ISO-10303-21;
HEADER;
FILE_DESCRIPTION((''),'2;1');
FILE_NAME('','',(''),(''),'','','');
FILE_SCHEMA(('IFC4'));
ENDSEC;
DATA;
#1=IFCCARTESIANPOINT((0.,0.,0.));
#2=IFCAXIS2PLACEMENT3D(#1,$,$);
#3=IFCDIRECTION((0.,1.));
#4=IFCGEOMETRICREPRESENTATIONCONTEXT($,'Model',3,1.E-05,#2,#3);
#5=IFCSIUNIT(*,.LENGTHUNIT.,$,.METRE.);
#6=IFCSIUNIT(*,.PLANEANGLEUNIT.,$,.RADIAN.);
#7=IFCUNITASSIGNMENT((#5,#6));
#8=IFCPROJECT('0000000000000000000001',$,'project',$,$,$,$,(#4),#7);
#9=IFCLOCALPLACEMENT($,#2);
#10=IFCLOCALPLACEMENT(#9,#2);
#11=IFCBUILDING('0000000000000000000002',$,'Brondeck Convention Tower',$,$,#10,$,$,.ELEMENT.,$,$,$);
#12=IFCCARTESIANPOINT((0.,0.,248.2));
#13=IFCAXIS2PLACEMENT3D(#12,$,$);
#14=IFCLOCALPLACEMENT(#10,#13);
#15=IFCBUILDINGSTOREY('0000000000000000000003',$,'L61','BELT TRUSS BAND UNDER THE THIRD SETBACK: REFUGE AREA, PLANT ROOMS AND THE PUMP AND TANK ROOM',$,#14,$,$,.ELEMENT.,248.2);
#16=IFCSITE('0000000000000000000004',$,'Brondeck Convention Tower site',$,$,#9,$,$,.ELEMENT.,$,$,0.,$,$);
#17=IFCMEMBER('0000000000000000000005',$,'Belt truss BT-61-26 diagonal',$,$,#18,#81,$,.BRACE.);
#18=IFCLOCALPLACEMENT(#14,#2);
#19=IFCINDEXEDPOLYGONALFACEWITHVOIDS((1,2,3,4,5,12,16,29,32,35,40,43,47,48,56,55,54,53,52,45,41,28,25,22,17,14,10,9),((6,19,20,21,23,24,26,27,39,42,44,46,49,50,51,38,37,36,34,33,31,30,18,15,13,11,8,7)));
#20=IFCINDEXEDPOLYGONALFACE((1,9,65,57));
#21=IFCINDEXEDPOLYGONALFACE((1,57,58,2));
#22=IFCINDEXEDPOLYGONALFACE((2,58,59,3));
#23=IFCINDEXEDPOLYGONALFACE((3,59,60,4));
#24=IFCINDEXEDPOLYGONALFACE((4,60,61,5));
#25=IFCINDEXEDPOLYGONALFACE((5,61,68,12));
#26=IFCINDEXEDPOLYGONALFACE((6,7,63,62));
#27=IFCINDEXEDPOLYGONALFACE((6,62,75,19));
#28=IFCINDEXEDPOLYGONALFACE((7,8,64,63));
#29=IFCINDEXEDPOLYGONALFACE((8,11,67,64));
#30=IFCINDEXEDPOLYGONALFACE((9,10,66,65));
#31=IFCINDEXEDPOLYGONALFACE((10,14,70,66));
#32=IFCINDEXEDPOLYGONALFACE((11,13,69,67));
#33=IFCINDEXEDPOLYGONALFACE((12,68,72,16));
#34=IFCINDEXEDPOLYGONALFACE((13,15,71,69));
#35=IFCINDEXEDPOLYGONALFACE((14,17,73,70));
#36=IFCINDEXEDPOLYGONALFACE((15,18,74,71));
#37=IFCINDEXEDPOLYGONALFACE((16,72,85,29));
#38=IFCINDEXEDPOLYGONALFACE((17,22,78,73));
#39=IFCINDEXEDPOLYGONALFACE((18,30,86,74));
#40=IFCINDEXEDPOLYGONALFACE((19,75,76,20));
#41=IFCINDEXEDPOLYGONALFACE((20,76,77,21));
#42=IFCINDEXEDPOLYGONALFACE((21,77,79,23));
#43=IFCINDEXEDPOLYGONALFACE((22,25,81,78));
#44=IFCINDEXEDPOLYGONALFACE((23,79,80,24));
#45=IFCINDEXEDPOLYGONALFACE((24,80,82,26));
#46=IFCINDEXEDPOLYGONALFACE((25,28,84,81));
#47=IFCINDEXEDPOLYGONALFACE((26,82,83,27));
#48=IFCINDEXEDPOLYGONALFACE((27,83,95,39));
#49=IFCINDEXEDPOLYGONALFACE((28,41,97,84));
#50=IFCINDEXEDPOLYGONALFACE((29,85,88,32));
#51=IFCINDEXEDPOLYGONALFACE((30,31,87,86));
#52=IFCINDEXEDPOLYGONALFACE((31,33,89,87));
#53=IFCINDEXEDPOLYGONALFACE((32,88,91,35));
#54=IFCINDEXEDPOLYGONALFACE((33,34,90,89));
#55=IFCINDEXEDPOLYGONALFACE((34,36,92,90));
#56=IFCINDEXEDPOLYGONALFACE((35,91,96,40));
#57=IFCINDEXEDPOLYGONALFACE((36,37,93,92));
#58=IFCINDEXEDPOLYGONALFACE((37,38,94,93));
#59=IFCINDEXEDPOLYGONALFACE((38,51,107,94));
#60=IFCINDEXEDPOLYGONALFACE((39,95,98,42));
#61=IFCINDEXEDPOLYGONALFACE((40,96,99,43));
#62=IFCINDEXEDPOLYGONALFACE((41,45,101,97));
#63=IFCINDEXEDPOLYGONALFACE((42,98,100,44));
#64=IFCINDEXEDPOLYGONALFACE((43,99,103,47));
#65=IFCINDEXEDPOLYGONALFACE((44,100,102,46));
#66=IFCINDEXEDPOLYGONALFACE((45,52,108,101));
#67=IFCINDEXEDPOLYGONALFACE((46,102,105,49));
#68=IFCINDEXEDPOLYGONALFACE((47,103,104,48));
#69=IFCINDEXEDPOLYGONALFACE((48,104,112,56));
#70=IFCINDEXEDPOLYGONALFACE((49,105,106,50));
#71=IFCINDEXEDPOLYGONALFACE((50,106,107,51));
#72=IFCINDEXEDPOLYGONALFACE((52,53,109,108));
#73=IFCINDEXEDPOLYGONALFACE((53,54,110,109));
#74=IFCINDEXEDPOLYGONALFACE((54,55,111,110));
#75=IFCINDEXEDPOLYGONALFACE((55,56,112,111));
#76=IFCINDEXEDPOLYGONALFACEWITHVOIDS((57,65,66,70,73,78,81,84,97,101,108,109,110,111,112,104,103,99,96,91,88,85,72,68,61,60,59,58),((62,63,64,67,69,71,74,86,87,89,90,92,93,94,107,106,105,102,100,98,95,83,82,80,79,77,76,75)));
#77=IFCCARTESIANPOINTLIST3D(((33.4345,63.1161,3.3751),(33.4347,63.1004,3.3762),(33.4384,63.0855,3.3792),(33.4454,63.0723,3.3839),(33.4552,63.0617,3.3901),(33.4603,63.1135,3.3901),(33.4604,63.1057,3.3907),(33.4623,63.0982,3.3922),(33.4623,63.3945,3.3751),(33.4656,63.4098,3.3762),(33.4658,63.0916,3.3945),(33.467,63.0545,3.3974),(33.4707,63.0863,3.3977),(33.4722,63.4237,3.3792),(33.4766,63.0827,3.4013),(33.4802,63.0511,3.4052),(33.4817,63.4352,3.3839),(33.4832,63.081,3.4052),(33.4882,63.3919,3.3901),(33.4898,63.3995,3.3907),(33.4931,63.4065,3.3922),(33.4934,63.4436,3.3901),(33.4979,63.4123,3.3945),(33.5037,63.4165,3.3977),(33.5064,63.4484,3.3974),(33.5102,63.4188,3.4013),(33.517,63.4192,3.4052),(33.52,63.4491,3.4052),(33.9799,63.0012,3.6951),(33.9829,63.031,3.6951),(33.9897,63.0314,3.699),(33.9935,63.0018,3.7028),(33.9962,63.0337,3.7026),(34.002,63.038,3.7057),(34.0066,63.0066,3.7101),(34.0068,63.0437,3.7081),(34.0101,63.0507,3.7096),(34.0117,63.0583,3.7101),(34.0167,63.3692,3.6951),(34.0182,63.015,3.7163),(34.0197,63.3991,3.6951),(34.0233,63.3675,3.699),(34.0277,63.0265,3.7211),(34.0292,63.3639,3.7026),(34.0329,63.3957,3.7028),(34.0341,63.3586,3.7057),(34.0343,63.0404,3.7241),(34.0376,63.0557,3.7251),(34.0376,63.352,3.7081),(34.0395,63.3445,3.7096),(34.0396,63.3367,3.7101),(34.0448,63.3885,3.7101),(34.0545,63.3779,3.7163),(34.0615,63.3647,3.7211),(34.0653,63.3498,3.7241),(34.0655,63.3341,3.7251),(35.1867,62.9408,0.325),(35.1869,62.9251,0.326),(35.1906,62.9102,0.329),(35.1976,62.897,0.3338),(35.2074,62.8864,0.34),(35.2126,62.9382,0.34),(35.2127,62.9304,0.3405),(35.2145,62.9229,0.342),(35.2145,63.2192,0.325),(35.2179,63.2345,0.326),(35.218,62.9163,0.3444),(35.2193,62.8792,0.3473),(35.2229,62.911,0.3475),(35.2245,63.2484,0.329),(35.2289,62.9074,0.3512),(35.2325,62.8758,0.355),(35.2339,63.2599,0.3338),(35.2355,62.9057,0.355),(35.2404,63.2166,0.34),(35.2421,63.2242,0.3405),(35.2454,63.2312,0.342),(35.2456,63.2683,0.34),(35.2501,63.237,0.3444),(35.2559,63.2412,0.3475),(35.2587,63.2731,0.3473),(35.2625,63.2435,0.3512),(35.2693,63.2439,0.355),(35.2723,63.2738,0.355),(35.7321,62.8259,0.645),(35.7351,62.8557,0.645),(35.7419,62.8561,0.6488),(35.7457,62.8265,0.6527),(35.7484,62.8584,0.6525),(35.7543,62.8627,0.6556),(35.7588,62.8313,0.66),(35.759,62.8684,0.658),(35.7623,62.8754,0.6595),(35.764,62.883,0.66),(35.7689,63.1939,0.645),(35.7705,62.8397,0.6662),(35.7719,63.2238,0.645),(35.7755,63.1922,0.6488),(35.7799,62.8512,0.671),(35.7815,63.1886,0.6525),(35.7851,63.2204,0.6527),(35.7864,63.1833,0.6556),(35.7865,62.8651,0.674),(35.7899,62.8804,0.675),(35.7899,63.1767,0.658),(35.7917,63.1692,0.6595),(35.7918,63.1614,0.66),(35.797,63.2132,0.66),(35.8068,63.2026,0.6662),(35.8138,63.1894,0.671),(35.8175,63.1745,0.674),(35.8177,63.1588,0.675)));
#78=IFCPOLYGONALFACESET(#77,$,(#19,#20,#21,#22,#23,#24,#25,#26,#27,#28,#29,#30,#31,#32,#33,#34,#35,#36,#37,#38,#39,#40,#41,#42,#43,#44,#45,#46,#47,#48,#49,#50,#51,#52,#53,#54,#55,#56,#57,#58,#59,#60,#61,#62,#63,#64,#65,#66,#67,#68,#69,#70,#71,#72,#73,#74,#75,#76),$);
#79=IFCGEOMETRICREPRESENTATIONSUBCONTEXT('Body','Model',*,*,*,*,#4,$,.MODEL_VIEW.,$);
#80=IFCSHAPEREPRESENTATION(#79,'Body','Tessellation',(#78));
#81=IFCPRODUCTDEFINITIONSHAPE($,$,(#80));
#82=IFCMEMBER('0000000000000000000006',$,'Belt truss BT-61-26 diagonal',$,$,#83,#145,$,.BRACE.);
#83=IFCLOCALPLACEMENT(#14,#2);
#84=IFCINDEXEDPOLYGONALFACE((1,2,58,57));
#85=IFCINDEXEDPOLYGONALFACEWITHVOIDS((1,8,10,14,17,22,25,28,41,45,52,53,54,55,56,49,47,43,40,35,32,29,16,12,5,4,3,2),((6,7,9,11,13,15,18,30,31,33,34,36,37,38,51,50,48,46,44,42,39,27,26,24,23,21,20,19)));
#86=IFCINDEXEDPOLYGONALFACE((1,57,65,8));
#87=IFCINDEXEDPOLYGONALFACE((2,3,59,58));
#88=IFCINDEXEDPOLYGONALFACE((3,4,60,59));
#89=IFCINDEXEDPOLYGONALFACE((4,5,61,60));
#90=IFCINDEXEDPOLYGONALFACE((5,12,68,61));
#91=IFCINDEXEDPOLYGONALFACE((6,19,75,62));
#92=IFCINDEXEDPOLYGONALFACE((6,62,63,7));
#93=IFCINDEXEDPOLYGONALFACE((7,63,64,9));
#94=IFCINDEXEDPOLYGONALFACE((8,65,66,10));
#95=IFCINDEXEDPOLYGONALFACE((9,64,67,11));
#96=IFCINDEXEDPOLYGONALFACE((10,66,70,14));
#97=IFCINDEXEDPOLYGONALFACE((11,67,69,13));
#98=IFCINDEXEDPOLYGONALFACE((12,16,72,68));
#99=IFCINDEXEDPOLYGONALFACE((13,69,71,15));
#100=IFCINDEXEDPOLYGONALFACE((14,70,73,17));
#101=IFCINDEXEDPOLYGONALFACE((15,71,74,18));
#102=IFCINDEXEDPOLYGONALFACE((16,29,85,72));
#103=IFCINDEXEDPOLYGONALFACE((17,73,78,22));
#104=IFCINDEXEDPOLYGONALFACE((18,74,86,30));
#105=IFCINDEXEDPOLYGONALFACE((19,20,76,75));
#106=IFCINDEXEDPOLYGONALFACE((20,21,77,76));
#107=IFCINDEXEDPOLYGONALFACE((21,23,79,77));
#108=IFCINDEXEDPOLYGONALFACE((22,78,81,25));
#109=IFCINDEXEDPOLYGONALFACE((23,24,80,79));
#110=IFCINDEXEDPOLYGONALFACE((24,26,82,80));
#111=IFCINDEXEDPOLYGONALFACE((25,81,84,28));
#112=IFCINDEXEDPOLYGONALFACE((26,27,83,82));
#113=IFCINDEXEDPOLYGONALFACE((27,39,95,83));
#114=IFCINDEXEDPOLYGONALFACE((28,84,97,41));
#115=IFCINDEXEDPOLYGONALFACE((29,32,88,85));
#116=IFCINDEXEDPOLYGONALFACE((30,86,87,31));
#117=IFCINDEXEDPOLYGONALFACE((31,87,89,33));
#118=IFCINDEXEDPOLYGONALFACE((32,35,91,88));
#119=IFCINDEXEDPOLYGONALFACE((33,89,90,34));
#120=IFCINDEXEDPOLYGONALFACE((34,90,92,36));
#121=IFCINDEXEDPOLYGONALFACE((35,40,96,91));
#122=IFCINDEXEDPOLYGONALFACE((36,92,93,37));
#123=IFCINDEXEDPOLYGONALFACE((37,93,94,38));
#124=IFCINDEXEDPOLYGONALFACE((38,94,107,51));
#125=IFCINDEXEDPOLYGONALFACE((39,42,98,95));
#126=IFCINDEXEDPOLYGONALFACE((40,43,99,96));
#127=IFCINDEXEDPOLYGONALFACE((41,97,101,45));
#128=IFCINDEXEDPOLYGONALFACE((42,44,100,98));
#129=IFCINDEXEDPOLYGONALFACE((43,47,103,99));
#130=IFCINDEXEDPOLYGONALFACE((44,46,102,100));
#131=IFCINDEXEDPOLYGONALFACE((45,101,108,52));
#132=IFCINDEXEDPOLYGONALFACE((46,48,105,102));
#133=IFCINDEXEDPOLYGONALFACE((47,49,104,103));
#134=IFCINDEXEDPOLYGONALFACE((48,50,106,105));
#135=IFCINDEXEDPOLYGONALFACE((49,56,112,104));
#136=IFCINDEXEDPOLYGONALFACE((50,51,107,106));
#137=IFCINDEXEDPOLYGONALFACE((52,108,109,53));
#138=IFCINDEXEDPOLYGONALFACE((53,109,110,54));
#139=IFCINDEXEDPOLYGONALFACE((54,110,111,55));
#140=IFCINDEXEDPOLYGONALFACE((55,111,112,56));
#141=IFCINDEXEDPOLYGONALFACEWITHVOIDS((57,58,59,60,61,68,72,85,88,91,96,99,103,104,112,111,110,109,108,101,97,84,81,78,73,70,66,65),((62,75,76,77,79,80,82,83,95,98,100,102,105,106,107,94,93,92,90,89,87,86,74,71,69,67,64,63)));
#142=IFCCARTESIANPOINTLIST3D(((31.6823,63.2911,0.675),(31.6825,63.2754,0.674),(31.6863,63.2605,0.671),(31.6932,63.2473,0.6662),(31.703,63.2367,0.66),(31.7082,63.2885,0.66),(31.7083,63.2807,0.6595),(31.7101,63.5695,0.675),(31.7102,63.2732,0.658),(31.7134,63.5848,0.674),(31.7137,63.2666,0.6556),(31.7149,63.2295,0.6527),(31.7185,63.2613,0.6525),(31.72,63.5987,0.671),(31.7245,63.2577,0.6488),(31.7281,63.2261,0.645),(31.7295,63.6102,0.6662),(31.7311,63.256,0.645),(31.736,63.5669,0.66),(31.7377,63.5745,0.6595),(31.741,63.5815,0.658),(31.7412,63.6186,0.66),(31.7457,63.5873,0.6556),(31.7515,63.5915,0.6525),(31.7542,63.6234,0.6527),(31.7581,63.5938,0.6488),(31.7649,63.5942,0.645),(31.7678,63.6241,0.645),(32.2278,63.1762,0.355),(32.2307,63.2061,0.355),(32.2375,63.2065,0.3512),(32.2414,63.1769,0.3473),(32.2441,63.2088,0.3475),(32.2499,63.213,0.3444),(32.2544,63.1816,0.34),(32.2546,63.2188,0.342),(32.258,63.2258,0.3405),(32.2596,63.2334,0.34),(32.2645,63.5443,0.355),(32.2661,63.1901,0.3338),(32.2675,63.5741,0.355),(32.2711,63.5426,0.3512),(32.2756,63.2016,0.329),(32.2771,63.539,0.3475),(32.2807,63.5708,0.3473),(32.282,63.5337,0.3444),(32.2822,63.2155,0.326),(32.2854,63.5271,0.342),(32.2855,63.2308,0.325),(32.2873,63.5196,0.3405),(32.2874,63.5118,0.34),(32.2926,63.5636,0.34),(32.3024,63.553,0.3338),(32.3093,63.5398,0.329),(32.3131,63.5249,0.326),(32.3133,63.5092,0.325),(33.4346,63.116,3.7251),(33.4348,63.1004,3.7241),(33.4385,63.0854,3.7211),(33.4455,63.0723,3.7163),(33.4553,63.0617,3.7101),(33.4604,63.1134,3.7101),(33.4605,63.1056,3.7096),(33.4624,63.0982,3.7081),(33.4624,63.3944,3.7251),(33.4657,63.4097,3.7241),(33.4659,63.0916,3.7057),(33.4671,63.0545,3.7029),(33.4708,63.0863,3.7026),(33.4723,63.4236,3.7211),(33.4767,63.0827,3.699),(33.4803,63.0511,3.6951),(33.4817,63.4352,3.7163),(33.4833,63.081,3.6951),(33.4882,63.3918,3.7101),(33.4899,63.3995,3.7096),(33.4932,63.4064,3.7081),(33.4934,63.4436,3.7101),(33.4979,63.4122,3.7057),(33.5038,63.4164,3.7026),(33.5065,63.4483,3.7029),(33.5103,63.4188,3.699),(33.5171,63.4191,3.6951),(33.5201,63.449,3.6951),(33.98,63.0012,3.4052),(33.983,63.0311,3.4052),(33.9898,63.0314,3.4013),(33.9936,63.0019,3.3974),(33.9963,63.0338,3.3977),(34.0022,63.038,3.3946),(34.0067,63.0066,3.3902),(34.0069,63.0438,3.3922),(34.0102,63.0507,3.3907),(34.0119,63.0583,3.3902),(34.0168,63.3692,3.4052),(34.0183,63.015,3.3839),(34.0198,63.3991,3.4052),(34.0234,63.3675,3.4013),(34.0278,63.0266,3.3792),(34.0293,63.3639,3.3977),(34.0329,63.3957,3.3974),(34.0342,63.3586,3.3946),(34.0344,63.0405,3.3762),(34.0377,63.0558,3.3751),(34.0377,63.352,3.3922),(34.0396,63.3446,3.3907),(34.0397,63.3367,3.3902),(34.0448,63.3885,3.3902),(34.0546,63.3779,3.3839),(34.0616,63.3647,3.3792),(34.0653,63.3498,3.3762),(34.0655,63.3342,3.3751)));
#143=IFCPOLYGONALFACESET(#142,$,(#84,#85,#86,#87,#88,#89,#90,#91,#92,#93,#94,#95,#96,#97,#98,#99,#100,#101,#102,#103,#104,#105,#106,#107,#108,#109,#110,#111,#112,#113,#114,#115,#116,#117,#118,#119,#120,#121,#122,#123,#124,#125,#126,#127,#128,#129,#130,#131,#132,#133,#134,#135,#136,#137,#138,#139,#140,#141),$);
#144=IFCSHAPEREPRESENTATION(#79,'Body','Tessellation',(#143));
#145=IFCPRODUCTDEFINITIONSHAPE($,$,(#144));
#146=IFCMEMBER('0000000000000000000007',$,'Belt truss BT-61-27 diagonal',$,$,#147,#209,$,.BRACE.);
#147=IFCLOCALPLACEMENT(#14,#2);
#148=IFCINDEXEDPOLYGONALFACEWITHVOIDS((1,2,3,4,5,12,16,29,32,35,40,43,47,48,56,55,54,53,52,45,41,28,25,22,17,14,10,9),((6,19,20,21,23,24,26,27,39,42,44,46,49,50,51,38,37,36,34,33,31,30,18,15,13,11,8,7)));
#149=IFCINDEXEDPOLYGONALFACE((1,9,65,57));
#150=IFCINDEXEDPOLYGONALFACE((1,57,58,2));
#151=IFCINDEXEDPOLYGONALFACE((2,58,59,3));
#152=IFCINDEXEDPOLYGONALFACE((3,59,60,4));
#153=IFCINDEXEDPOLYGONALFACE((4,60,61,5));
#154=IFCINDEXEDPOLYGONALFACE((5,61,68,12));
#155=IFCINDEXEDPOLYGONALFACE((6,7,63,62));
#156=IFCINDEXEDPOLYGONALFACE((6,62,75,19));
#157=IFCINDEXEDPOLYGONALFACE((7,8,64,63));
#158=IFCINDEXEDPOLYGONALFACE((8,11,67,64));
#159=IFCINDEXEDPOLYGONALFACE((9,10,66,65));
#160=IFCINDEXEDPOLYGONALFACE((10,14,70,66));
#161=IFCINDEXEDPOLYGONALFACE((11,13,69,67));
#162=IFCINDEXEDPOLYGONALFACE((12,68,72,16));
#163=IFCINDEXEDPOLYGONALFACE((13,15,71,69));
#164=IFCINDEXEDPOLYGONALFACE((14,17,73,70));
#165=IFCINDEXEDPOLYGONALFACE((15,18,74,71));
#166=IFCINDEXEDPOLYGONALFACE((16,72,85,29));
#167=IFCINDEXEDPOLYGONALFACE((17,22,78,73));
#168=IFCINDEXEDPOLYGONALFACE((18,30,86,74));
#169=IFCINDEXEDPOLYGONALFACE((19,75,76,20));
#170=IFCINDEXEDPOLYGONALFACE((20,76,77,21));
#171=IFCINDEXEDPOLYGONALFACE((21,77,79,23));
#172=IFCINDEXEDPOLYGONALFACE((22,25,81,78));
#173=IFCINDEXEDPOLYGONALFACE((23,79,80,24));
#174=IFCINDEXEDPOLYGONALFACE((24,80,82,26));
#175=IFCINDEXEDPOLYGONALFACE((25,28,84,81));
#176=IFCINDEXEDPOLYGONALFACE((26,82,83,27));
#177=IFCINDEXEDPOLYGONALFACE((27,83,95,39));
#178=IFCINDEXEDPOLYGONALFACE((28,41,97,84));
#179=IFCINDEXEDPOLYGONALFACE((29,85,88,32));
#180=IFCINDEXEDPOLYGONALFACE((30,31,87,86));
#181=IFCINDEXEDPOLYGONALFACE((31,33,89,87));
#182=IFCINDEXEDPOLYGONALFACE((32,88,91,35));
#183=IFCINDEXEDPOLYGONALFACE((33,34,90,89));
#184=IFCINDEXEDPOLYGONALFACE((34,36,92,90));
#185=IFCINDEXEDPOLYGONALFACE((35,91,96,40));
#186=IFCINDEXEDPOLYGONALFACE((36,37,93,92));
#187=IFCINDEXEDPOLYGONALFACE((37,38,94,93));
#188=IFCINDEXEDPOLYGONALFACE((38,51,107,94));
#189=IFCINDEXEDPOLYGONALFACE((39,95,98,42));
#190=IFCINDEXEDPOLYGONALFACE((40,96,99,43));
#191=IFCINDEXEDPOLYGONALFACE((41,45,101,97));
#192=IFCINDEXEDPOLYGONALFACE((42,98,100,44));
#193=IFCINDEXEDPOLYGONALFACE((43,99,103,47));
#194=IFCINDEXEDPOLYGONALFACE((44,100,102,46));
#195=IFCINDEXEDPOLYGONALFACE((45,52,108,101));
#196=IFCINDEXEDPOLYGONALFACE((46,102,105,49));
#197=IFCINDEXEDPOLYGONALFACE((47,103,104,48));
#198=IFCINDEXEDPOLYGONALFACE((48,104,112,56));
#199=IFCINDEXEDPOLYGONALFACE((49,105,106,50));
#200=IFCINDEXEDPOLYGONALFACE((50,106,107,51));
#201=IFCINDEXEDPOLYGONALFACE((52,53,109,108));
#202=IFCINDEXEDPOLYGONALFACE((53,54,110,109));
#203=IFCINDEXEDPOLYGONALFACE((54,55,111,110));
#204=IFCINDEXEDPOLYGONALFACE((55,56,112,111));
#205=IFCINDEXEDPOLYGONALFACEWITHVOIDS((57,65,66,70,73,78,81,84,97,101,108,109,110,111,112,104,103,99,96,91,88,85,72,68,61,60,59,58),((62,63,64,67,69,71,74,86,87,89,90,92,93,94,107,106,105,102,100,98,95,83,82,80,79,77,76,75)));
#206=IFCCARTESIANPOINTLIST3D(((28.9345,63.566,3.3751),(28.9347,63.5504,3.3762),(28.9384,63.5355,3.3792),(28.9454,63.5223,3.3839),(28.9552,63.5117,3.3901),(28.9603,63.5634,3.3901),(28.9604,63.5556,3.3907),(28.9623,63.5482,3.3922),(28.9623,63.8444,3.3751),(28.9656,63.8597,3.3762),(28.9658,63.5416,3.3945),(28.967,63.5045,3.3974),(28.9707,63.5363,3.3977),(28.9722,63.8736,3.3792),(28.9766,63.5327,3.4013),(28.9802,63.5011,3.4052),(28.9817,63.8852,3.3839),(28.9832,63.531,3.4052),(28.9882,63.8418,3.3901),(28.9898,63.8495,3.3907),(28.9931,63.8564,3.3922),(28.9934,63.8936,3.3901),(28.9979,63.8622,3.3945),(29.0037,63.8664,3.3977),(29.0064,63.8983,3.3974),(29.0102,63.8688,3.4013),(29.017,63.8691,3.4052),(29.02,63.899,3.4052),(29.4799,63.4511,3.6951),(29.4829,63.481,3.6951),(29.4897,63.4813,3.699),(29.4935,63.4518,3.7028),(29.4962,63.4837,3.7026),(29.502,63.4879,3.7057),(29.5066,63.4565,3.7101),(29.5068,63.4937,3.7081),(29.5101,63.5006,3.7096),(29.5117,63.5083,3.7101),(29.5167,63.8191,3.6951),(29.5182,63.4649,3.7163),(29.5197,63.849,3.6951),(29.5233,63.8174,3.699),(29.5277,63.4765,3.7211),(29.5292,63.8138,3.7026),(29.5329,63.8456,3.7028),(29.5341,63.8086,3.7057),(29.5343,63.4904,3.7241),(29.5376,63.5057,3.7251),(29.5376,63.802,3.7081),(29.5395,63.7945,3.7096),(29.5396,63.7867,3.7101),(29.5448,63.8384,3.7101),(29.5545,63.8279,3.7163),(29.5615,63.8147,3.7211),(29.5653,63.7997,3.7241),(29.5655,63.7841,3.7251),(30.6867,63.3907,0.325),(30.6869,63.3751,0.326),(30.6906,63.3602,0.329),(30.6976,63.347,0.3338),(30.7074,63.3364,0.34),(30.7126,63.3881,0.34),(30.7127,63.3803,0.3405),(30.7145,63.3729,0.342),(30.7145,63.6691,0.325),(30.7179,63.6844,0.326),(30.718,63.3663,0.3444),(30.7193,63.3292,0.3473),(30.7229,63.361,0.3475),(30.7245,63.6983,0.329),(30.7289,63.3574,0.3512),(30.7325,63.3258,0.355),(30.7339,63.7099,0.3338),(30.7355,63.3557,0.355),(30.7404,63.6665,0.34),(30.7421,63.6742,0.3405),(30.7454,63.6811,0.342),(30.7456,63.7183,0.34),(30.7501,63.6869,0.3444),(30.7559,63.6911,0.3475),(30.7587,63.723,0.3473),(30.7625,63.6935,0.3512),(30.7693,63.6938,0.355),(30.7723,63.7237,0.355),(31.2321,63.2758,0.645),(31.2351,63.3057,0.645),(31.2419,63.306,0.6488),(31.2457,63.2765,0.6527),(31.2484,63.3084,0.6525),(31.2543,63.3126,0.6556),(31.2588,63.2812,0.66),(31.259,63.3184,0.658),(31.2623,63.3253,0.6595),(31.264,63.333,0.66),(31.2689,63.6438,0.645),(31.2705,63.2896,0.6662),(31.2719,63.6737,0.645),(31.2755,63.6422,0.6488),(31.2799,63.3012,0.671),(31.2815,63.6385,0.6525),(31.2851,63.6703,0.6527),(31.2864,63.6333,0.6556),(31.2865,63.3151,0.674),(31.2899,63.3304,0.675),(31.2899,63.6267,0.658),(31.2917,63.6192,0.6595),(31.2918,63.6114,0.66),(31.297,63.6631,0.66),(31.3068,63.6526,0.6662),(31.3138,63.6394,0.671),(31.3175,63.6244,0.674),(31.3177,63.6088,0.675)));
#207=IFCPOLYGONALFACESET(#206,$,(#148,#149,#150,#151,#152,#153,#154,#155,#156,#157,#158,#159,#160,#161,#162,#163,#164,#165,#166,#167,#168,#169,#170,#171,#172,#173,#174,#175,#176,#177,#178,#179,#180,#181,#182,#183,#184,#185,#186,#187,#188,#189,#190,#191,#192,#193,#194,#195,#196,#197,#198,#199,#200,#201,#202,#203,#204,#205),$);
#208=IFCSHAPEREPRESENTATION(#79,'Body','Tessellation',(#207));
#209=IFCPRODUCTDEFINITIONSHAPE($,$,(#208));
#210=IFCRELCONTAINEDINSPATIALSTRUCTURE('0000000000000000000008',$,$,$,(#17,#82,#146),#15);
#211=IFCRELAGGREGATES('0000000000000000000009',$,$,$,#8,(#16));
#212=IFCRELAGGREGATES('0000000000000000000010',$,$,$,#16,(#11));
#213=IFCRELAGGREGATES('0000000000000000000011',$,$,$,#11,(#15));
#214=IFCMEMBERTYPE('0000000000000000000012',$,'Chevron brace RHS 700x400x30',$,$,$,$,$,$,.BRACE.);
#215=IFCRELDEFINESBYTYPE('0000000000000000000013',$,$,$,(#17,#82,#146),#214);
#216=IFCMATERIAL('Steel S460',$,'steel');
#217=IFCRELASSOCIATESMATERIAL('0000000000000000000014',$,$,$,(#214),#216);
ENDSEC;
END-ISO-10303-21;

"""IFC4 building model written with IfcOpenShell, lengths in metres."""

from ifc_helpers import new_model, si_unit, direction, frame, origin, origin_2d, place, context, subcontext, project, spatial, hollow_rectangle, extrude, material, material_profile, profile_set, type_object, element, save


model = new_model("IFC4")

# Units and contexts
model_context = context("Model", 3, precision=1e-05, world=origin(), true_north=direction((0.0, 1.0)))
body_context = subcontext(model_context, "Body", "Model", "MODEL_VIEW")
ifc_project = project(units=[si_unit("LENGTHUNIT", "METRE"), si_unit("PLANEANGLEUNIT", "RADIAN")], contexts=[model_context])

# Site, building, storey
site_placement = place(None, origin())
site = spatial("IfcSite", under=ifc_project, at=site_placement, Name="Brondeck Convention Tower site", CompositionType="ELEMENT", RefElevation=0.0)
building_placement = place(site_placement, origin())
building = spatial("IfcBuilding", under=site, at=building_placement, Name="Brondeck Convention Tower", CompositionType="ELEMENT")
storey_placement = place(building_placement, frame((0.0, 0.0, 248.2)))
storey = spatial("IfcBuildingStorey", under=building, at=storey_placement, Name="L61", Description="BELT TRUSS BAND UNDER THE THIRD SETBACK: REFUGE AREA, PLANT ROOMS AND THE PUMP AND TANK ROOM", CompositionType="ELEMENT", Elevation=248.2)

# Members
ifc_material_1 = material(Name="Steel S460", Category="steel")
ifc_material_profile_1 = material_profile(ifc_material_1, hollow_rectangle(XDim=0.3999, YDim=0.7, WallThickness=0.03, InnerFilletRadius=0.03, OuterFilletRadius=0.0601, at=origin_2d()), Name="RHS 700x400x30")
ifc_profile_set_1 = profile_set([ifc_material_profile_1], Name="Steel S460")
member_type_1 = type_object("IfcMemberType", Name="Chevron brace RHS 700x400x30", PredefinedType="BRACE", material=ifc_profile_set_1)
for number, where, z_axis, x_axis, name in (
    (1, (35.5022, 63.0498, 0.5), (-0.497516, 0.049772, 0.866026), (-0.099545, -0.995033, 0.0), "Belt truss BT-61-26 diagonal"),
    (2, (31.9978, 63.4001, 0.5), (0.497518, -0.049703, 0.866029), (0.099408, 0.995047, 0.0), "Belt truss BT-61-26 diagonal"),
    (3, (31.0022, 63.4998, 0.5), (-0.497516, 0.049772, 0.866026), (-0.099545, -0.995033, 0.0), "Belt truss BT-61-27 diagonal"),
):
    element("IfcMember", number, at=place(storey_placement, frame(where, z_axis=z_axis, x_axis=x_axis)), inside=storey, type_object=member_type_1, Name=name, PredefinedType="BRACE", context=body_context, shape_type="SweptSolid", body=[
        extrude(hollow_rectangle(XDim=0.3999, YDim=0.7, WallThickness=0.03, InnerFilletRadius=0.03, OuterFilletRadius=0.0601, at=origin_2d()), origin(), (0.0, 0.0, 1.0), 3.522),
    ])

save(model, "model.ifc")
